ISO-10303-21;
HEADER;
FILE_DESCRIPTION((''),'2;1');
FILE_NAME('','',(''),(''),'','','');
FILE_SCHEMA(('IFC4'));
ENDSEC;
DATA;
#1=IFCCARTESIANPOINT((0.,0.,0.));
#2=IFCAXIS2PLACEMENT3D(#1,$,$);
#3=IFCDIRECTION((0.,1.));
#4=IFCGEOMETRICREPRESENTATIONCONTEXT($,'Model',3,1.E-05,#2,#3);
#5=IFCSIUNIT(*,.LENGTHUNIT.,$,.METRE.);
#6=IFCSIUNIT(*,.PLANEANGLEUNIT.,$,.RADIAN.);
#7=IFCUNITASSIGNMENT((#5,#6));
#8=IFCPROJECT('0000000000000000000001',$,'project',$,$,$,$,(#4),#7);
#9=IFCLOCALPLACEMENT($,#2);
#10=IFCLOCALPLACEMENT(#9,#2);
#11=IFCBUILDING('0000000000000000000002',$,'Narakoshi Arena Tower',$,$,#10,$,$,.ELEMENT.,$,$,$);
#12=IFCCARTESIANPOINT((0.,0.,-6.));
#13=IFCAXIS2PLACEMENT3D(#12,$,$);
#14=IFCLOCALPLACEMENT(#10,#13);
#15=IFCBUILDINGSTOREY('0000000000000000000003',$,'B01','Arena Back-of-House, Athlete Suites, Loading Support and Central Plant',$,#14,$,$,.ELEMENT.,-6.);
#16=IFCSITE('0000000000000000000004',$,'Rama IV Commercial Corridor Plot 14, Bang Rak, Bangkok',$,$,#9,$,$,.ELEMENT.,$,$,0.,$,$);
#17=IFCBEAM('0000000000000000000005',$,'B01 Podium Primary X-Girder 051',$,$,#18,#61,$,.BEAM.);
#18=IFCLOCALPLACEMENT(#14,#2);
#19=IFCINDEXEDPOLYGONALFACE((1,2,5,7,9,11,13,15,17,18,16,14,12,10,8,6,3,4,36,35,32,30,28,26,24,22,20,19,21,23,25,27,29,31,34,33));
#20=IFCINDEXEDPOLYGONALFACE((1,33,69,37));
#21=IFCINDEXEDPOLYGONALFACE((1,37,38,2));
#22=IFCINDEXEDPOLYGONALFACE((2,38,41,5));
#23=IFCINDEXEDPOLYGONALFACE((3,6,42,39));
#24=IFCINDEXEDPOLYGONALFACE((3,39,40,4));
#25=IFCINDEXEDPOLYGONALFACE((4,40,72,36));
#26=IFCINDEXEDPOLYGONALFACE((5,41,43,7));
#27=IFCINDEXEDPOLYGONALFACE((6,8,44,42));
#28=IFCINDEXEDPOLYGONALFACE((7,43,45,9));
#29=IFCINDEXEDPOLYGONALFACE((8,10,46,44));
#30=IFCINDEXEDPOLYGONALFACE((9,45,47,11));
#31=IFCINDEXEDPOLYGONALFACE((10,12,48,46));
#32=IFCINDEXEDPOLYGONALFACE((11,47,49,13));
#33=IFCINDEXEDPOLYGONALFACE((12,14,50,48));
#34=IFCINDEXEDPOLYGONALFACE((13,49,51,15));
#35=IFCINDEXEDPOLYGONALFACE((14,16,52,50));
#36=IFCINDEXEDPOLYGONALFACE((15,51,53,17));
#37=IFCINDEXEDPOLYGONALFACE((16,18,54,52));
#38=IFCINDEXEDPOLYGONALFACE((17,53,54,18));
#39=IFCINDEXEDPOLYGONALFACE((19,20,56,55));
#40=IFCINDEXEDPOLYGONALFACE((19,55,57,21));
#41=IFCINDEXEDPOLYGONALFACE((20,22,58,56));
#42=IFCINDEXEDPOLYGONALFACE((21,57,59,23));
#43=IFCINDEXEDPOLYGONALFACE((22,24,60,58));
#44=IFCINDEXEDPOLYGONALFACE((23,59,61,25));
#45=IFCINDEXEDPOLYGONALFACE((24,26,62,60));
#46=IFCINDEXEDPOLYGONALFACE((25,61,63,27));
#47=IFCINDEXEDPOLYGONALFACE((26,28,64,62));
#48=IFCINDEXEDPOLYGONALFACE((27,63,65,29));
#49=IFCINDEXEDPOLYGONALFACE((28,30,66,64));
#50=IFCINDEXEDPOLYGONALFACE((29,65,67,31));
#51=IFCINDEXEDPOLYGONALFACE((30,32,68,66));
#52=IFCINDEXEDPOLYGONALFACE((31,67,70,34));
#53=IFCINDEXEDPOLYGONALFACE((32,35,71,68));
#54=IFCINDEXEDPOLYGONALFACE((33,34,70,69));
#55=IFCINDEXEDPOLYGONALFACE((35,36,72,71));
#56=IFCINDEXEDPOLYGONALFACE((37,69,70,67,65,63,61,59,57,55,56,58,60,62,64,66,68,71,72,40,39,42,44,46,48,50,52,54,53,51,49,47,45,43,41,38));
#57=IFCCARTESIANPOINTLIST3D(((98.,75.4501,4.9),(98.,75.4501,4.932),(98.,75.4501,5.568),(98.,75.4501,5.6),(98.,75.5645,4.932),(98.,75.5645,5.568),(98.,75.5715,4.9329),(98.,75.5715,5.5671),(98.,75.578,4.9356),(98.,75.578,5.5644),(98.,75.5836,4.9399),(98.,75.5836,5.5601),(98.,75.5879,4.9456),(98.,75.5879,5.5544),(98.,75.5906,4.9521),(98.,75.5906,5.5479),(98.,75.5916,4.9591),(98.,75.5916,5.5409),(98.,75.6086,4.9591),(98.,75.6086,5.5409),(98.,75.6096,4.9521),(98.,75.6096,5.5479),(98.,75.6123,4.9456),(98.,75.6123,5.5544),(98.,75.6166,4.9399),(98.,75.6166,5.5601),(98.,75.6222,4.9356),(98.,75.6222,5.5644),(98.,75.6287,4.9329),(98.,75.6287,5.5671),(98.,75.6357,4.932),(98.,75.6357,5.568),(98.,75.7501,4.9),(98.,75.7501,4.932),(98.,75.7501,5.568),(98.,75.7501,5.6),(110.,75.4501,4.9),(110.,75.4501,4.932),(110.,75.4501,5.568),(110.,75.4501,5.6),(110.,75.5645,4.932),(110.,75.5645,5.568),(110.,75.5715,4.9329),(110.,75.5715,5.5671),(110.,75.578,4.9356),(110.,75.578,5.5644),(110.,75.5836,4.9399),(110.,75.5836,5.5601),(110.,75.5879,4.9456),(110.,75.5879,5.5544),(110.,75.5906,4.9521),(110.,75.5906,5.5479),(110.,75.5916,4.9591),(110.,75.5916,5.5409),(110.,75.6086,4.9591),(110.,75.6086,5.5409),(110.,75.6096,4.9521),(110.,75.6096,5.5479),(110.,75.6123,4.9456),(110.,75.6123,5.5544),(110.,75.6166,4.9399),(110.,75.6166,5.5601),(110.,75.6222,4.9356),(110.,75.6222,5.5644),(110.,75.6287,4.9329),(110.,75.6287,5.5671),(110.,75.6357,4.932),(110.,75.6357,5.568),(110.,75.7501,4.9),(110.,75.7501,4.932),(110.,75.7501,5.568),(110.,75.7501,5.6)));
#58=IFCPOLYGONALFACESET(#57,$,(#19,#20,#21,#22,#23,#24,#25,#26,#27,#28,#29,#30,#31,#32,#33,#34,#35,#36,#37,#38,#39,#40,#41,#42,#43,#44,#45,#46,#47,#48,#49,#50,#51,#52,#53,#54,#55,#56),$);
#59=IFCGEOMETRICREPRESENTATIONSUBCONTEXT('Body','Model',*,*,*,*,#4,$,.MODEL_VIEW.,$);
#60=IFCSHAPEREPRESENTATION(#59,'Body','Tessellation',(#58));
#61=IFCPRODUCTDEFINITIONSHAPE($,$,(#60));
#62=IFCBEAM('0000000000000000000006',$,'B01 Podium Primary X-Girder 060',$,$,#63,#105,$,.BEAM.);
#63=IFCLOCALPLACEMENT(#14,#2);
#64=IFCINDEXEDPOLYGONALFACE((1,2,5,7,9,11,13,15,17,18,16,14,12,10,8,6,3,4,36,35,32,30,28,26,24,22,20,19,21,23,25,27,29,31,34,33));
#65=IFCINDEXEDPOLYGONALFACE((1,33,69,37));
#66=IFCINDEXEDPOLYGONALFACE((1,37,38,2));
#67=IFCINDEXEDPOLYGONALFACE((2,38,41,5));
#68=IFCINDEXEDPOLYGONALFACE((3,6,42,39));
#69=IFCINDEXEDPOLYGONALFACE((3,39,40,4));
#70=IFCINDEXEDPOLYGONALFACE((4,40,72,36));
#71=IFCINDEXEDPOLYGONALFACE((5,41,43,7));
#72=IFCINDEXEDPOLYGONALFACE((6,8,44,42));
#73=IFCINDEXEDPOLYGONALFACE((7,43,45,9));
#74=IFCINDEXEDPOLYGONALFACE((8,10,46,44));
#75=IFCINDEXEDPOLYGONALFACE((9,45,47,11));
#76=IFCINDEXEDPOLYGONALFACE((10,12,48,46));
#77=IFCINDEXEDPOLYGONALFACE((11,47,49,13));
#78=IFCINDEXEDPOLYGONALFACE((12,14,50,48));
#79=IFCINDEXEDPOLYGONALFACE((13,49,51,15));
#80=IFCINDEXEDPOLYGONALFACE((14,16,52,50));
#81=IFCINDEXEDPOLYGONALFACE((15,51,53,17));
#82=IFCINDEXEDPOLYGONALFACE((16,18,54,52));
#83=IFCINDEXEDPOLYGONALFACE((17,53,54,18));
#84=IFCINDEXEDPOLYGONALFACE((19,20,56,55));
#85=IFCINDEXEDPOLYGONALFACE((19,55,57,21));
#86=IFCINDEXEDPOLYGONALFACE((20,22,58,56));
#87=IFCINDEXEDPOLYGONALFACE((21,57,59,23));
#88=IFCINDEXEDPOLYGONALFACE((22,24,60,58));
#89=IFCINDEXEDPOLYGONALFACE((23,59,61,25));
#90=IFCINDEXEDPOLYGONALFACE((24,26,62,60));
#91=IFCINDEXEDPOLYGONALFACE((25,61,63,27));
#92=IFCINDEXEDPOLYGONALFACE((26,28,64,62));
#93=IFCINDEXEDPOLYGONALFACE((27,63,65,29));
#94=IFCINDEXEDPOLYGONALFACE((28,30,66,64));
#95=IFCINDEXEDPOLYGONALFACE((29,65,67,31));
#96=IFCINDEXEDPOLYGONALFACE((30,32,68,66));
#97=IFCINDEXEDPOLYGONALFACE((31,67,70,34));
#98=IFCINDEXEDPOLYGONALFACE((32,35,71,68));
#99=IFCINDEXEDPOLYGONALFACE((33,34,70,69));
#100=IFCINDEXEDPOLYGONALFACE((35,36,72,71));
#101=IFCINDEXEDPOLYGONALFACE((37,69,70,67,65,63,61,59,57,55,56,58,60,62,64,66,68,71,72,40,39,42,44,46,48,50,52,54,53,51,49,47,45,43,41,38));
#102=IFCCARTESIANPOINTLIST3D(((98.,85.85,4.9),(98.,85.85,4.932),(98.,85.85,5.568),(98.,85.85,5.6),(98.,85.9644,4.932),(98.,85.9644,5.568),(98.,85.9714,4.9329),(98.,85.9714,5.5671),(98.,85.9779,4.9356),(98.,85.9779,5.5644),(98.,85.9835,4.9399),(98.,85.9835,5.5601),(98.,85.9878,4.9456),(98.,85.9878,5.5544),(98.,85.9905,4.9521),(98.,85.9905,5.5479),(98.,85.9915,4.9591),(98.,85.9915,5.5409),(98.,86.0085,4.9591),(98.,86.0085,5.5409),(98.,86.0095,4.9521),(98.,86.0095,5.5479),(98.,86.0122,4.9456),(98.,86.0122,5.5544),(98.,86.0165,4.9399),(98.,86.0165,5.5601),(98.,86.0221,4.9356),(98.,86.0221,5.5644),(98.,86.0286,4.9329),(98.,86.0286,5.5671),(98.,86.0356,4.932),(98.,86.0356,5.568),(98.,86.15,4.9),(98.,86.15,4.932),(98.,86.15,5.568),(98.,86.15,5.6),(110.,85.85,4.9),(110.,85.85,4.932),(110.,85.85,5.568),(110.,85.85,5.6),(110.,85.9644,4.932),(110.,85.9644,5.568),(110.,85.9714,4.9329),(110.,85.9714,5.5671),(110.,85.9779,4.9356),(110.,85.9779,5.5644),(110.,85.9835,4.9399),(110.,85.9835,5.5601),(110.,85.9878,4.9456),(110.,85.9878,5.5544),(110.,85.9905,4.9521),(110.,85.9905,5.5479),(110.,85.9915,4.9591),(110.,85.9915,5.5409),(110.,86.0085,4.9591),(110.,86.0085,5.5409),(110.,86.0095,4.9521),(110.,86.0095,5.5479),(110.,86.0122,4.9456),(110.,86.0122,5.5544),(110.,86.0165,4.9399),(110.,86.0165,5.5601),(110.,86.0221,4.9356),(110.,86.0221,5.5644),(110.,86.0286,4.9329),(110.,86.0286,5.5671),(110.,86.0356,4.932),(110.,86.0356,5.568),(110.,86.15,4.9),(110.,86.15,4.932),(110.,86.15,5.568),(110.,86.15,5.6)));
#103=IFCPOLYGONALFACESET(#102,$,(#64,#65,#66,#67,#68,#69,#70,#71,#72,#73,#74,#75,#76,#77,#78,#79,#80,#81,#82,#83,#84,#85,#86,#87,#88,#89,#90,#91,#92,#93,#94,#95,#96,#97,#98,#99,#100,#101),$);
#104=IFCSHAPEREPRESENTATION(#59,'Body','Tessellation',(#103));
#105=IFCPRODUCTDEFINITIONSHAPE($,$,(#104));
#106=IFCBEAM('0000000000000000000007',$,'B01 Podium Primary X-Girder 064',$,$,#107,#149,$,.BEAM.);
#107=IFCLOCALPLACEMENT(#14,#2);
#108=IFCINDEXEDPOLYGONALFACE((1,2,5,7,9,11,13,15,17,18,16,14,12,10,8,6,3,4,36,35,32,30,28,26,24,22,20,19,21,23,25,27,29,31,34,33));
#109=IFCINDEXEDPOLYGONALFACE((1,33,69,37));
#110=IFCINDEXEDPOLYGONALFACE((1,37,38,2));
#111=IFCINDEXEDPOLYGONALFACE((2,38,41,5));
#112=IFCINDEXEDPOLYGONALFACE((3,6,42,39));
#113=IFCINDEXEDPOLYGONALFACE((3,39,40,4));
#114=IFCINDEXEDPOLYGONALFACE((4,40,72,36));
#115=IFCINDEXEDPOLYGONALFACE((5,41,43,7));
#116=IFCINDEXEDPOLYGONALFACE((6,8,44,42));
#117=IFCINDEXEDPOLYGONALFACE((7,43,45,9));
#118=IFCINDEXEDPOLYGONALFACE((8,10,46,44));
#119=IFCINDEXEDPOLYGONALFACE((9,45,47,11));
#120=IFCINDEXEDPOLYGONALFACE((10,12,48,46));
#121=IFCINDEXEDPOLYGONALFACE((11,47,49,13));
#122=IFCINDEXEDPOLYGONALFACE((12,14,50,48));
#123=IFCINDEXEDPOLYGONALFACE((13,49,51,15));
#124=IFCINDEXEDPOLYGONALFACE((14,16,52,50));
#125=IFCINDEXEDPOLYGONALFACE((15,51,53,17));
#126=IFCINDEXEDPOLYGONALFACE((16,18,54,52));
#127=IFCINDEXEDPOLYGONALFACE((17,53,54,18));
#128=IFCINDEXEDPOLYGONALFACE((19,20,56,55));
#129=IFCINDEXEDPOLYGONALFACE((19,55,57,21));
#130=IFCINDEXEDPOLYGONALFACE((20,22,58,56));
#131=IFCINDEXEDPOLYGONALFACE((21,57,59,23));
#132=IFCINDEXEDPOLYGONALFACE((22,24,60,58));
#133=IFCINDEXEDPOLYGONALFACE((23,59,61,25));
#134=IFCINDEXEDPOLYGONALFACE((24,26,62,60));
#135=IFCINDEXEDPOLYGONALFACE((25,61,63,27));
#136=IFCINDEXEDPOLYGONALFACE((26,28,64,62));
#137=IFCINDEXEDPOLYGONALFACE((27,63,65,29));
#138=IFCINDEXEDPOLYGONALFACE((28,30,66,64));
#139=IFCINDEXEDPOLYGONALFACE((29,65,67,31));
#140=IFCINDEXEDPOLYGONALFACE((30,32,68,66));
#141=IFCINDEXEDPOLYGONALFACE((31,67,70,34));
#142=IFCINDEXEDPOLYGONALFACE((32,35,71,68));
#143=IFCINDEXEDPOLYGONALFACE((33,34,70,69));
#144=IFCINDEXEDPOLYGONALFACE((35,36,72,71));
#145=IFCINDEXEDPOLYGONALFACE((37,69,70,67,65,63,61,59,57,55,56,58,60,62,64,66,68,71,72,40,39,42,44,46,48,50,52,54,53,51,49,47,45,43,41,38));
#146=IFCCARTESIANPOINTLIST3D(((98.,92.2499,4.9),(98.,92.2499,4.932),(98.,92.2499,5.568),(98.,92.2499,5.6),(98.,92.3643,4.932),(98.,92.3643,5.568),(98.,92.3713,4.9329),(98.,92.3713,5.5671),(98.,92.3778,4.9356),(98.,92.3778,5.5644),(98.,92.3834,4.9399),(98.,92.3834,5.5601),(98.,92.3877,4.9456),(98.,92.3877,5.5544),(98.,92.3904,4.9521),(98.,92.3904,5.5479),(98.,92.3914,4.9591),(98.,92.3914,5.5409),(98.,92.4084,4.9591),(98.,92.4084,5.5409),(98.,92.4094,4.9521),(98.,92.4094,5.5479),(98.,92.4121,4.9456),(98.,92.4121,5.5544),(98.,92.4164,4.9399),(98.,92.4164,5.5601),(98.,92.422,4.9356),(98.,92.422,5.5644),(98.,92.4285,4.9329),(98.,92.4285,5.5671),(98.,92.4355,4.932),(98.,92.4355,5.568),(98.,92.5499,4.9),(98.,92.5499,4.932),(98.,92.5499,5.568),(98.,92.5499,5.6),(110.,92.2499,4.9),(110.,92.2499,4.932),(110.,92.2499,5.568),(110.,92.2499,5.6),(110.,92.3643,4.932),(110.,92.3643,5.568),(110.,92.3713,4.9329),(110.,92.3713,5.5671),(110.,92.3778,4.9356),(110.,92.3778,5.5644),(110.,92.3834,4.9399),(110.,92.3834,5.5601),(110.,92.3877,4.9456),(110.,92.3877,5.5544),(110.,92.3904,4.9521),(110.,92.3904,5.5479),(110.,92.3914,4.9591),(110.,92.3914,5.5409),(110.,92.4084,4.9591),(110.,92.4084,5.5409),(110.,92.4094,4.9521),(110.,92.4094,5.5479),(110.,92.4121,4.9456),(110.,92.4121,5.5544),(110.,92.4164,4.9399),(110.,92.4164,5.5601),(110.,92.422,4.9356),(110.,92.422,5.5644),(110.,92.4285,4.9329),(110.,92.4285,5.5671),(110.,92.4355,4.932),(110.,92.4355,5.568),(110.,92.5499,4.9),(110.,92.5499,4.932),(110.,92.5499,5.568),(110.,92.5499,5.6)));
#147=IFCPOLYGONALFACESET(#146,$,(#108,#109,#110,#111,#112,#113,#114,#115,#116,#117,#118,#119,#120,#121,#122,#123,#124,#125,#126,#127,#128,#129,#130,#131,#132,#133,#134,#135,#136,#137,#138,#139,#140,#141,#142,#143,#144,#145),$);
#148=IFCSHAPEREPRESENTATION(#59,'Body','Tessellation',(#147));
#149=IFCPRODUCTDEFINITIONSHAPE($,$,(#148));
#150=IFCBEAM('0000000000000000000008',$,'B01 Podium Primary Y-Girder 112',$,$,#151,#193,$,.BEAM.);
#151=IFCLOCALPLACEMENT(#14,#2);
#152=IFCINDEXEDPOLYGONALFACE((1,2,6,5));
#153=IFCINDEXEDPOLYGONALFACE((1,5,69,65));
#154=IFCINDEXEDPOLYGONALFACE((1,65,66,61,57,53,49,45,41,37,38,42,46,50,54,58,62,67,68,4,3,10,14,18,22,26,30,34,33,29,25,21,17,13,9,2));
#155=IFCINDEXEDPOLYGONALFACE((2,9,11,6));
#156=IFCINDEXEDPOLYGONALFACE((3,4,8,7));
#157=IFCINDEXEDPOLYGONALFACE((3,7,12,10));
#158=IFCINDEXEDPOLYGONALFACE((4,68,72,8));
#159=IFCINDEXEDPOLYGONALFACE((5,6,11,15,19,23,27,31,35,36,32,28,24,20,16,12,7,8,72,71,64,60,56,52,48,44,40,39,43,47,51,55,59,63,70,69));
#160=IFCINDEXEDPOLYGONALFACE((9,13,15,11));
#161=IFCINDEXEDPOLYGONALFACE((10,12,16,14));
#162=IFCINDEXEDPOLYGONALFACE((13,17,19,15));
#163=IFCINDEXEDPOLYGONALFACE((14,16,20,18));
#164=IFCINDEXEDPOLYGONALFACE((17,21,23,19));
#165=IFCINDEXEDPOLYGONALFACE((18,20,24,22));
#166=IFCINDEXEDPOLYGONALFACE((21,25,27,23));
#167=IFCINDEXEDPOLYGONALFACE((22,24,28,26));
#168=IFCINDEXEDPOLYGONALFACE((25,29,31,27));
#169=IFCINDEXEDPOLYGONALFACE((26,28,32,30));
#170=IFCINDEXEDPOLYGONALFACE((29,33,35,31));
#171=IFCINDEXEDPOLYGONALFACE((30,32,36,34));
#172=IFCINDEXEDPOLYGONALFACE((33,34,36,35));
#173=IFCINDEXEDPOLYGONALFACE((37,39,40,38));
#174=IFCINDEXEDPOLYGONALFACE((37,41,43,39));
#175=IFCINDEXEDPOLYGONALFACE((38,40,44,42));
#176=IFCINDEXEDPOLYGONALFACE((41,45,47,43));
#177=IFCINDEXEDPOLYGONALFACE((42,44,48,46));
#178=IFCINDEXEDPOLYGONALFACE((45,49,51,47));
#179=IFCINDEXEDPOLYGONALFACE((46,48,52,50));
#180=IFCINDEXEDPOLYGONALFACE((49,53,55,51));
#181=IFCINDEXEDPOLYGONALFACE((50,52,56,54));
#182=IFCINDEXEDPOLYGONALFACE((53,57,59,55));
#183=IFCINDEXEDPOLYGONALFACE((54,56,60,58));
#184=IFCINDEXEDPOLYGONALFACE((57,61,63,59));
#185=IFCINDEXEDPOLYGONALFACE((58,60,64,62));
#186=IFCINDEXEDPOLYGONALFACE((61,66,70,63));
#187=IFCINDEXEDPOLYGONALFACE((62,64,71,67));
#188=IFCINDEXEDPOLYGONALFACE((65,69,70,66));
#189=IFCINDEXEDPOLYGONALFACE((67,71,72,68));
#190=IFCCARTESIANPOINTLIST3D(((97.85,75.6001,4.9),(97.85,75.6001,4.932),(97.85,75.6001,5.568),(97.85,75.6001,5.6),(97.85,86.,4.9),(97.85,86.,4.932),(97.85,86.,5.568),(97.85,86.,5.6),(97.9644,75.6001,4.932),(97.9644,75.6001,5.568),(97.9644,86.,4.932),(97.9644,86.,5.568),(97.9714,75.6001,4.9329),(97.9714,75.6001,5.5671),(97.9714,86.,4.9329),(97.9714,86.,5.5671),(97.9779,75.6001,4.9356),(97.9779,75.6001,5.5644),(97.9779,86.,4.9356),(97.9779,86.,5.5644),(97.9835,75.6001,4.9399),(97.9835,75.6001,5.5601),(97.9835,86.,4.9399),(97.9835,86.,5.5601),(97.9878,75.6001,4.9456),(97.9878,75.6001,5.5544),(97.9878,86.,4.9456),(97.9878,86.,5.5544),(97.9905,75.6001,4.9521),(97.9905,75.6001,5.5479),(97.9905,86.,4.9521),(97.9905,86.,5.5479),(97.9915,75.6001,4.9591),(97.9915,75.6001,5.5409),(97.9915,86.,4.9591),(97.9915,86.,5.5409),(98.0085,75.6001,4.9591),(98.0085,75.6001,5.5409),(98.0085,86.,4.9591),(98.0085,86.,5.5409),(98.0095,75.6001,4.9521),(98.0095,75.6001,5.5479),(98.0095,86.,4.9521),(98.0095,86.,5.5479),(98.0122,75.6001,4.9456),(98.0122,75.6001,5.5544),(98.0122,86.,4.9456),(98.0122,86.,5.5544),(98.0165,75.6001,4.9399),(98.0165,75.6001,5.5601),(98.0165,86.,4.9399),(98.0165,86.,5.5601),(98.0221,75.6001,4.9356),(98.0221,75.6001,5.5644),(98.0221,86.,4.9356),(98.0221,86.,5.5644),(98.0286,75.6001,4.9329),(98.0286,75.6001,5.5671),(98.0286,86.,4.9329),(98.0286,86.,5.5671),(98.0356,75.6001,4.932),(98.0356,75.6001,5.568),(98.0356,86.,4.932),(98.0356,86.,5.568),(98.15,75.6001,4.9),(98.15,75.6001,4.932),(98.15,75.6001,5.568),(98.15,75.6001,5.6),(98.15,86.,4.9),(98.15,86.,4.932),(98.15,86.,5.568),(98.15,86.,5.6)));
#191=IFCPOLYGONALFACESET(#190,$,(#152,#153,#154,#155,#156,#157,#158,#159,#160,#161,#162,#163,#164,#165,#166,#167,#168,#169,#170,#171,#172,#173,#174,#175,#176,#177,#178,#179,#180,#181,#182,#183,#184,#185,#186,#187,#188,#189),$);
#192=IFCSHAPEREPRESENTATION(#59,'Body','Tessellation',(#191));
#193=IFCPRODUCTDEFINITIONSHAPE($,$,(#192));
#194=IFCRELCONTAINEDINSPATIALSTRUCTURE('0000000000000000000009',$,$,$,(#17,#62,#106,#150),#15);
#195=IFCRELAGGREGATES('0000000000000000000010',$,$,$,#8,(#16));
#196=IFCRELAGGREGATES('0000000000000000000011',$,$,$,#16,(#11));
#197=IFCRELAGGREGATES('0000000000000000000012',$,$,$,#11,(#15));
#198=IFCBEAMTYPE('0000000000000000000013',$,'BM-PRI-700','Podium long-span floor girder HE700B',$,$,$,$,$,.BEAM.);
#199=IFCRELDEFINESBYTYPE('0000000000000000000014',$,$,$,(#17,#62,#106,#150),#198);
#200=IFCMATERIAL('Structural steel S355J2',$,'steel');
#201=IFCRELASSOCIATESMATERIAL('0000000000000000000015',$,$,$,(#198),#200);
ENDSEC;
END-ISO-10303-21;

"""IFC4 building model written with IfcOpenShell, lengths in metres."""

from ifc_helpers import new_model, si_unit, direction, frame, origin, origin_2d, place, context, subcontext, project, spatial, i_section, extrude, material, material_profile, profile_set, type_object, element, save


model = new_model("IFC4")

# Units and contexts
model_context = context("Model", 3, precision=1e-05, world=origin(), true_north=direction((0.0, 1.0)))
body_context = subcontext(model_context, "Body", "Model", "MODEL_VIEW")
ifc_project = project(units=[si_unit("LENGTHUNIT", "METRE"), si_unit("PLANEANGLEUNIT", "RADIAN")], contexts=[model_context])

# Site, building, storey
site_placement = place(None, origin())
site = spatial("IfcSite", under=ifc_project, at=site_placement, Name="Rama IV Commercial Corridor Plot 14, Bang Rak, Bangkok", CompositionType="ELEMENT", RefElevation=0.0)
building_placement = place(site_placement, origin())
building = spatial("IfcBuilding", under=site, at=building_placement, Name="Narakoshi Arena Tower", CompositionType="ELEMENT")
storey_placement = place(building_placement, frame((0.0, 0.0, -6.0)))
storey = spatial("IfcBuildingStorey", under=building, at=storey_placement, Name="B01", Description="Arena Back-of-House, Athlete Suites, Loading Support and Central Plant", CompositionType="ELEMENT", Elevation=-6.0)

# Beams
ifc_material_1 = material(Name="Structural steel S355J2", Category="steel")
ifc_material_profile_1 = material_profile(ifc_material_1, i_section(OverallWidth=0.3, OverallDepth=0.7, WebThickness=0.0171, FlangeThickness=0.032, FilletRadius=0.0271, at=origin_2d()), Name="HE700B")
ifc_profile_set_1 = profile_set([ifc_material_profile_1], Name="Structural steel S355J2")
beam_type_1 = type_object("IfcBeamType", Name="BM-PRI-700", Description="Podium long-span floor girder HE700B", PredefinedType="BEAM", material=ifc_profile_set_1)
for number, where, z_axis, x_axis, name in (
    (1, (98.0, 75.6001, 5.25), (1.0, 0.0, 0.0), (0.0, 1.0, 0.0), "B01 Podium Primary X-Girder 051"),
    (2, (98.0, 86.0, 5.25), (1.0, 0.0, 0.0), (0.0, 1.0, 0.0), "B01 Podium Primary X-Girder 060"),
    (3, (98.0, 92.3999, 5.25), (1.0, 0.0, 0.0), (0.0, 1.0, 0.0), "B01 Podium Primary X-Girder 064"),
):
    element("IfcBeam", number, at=place(storey_placement, frame(where, z_axis=z_axis, x_axis=x_axis)), inside=storey, type_object=beam_type_1, Name=name, PredefinedType="BEAM", context=body_context, shape_type="SweptSolid", body=[
        extrude(i_section(OverallWidth=0.3, OverallDepth=0.7, WebThickness=0.0171, FlangeThickness=0.032, FilletRadius=0.0271, at=origin_2d()), origin(), (0.0, 0.0, 1.0), 12.0),
    ])
beam_1_placement = place(storey_placement, frame((98.0, 75.6001, 5.25), z_axis=(0.0, 1.0, 0.0), x_axis=(-1.0, 0.0, 0.0)))
element("IfcBeam", 4, at=beam_1_placement, inside=storey, type_object=beam_type_1, Name="B01 Podium Primary Y-Girder 112", PredefinedType="BEAM", context=body_context, shape_type="SweptSolid", body=[
    extrude(i_section(OverallWidth=0.3, OverallDepth=0.7, WebThickness=0.0171, FlangeThickness=0.032, FilletRadius=0.0271, at=origin_2d()), origin(), (0.0, 0.0, 1.0), 10.3999),
])

save(model, "model.ifc")
